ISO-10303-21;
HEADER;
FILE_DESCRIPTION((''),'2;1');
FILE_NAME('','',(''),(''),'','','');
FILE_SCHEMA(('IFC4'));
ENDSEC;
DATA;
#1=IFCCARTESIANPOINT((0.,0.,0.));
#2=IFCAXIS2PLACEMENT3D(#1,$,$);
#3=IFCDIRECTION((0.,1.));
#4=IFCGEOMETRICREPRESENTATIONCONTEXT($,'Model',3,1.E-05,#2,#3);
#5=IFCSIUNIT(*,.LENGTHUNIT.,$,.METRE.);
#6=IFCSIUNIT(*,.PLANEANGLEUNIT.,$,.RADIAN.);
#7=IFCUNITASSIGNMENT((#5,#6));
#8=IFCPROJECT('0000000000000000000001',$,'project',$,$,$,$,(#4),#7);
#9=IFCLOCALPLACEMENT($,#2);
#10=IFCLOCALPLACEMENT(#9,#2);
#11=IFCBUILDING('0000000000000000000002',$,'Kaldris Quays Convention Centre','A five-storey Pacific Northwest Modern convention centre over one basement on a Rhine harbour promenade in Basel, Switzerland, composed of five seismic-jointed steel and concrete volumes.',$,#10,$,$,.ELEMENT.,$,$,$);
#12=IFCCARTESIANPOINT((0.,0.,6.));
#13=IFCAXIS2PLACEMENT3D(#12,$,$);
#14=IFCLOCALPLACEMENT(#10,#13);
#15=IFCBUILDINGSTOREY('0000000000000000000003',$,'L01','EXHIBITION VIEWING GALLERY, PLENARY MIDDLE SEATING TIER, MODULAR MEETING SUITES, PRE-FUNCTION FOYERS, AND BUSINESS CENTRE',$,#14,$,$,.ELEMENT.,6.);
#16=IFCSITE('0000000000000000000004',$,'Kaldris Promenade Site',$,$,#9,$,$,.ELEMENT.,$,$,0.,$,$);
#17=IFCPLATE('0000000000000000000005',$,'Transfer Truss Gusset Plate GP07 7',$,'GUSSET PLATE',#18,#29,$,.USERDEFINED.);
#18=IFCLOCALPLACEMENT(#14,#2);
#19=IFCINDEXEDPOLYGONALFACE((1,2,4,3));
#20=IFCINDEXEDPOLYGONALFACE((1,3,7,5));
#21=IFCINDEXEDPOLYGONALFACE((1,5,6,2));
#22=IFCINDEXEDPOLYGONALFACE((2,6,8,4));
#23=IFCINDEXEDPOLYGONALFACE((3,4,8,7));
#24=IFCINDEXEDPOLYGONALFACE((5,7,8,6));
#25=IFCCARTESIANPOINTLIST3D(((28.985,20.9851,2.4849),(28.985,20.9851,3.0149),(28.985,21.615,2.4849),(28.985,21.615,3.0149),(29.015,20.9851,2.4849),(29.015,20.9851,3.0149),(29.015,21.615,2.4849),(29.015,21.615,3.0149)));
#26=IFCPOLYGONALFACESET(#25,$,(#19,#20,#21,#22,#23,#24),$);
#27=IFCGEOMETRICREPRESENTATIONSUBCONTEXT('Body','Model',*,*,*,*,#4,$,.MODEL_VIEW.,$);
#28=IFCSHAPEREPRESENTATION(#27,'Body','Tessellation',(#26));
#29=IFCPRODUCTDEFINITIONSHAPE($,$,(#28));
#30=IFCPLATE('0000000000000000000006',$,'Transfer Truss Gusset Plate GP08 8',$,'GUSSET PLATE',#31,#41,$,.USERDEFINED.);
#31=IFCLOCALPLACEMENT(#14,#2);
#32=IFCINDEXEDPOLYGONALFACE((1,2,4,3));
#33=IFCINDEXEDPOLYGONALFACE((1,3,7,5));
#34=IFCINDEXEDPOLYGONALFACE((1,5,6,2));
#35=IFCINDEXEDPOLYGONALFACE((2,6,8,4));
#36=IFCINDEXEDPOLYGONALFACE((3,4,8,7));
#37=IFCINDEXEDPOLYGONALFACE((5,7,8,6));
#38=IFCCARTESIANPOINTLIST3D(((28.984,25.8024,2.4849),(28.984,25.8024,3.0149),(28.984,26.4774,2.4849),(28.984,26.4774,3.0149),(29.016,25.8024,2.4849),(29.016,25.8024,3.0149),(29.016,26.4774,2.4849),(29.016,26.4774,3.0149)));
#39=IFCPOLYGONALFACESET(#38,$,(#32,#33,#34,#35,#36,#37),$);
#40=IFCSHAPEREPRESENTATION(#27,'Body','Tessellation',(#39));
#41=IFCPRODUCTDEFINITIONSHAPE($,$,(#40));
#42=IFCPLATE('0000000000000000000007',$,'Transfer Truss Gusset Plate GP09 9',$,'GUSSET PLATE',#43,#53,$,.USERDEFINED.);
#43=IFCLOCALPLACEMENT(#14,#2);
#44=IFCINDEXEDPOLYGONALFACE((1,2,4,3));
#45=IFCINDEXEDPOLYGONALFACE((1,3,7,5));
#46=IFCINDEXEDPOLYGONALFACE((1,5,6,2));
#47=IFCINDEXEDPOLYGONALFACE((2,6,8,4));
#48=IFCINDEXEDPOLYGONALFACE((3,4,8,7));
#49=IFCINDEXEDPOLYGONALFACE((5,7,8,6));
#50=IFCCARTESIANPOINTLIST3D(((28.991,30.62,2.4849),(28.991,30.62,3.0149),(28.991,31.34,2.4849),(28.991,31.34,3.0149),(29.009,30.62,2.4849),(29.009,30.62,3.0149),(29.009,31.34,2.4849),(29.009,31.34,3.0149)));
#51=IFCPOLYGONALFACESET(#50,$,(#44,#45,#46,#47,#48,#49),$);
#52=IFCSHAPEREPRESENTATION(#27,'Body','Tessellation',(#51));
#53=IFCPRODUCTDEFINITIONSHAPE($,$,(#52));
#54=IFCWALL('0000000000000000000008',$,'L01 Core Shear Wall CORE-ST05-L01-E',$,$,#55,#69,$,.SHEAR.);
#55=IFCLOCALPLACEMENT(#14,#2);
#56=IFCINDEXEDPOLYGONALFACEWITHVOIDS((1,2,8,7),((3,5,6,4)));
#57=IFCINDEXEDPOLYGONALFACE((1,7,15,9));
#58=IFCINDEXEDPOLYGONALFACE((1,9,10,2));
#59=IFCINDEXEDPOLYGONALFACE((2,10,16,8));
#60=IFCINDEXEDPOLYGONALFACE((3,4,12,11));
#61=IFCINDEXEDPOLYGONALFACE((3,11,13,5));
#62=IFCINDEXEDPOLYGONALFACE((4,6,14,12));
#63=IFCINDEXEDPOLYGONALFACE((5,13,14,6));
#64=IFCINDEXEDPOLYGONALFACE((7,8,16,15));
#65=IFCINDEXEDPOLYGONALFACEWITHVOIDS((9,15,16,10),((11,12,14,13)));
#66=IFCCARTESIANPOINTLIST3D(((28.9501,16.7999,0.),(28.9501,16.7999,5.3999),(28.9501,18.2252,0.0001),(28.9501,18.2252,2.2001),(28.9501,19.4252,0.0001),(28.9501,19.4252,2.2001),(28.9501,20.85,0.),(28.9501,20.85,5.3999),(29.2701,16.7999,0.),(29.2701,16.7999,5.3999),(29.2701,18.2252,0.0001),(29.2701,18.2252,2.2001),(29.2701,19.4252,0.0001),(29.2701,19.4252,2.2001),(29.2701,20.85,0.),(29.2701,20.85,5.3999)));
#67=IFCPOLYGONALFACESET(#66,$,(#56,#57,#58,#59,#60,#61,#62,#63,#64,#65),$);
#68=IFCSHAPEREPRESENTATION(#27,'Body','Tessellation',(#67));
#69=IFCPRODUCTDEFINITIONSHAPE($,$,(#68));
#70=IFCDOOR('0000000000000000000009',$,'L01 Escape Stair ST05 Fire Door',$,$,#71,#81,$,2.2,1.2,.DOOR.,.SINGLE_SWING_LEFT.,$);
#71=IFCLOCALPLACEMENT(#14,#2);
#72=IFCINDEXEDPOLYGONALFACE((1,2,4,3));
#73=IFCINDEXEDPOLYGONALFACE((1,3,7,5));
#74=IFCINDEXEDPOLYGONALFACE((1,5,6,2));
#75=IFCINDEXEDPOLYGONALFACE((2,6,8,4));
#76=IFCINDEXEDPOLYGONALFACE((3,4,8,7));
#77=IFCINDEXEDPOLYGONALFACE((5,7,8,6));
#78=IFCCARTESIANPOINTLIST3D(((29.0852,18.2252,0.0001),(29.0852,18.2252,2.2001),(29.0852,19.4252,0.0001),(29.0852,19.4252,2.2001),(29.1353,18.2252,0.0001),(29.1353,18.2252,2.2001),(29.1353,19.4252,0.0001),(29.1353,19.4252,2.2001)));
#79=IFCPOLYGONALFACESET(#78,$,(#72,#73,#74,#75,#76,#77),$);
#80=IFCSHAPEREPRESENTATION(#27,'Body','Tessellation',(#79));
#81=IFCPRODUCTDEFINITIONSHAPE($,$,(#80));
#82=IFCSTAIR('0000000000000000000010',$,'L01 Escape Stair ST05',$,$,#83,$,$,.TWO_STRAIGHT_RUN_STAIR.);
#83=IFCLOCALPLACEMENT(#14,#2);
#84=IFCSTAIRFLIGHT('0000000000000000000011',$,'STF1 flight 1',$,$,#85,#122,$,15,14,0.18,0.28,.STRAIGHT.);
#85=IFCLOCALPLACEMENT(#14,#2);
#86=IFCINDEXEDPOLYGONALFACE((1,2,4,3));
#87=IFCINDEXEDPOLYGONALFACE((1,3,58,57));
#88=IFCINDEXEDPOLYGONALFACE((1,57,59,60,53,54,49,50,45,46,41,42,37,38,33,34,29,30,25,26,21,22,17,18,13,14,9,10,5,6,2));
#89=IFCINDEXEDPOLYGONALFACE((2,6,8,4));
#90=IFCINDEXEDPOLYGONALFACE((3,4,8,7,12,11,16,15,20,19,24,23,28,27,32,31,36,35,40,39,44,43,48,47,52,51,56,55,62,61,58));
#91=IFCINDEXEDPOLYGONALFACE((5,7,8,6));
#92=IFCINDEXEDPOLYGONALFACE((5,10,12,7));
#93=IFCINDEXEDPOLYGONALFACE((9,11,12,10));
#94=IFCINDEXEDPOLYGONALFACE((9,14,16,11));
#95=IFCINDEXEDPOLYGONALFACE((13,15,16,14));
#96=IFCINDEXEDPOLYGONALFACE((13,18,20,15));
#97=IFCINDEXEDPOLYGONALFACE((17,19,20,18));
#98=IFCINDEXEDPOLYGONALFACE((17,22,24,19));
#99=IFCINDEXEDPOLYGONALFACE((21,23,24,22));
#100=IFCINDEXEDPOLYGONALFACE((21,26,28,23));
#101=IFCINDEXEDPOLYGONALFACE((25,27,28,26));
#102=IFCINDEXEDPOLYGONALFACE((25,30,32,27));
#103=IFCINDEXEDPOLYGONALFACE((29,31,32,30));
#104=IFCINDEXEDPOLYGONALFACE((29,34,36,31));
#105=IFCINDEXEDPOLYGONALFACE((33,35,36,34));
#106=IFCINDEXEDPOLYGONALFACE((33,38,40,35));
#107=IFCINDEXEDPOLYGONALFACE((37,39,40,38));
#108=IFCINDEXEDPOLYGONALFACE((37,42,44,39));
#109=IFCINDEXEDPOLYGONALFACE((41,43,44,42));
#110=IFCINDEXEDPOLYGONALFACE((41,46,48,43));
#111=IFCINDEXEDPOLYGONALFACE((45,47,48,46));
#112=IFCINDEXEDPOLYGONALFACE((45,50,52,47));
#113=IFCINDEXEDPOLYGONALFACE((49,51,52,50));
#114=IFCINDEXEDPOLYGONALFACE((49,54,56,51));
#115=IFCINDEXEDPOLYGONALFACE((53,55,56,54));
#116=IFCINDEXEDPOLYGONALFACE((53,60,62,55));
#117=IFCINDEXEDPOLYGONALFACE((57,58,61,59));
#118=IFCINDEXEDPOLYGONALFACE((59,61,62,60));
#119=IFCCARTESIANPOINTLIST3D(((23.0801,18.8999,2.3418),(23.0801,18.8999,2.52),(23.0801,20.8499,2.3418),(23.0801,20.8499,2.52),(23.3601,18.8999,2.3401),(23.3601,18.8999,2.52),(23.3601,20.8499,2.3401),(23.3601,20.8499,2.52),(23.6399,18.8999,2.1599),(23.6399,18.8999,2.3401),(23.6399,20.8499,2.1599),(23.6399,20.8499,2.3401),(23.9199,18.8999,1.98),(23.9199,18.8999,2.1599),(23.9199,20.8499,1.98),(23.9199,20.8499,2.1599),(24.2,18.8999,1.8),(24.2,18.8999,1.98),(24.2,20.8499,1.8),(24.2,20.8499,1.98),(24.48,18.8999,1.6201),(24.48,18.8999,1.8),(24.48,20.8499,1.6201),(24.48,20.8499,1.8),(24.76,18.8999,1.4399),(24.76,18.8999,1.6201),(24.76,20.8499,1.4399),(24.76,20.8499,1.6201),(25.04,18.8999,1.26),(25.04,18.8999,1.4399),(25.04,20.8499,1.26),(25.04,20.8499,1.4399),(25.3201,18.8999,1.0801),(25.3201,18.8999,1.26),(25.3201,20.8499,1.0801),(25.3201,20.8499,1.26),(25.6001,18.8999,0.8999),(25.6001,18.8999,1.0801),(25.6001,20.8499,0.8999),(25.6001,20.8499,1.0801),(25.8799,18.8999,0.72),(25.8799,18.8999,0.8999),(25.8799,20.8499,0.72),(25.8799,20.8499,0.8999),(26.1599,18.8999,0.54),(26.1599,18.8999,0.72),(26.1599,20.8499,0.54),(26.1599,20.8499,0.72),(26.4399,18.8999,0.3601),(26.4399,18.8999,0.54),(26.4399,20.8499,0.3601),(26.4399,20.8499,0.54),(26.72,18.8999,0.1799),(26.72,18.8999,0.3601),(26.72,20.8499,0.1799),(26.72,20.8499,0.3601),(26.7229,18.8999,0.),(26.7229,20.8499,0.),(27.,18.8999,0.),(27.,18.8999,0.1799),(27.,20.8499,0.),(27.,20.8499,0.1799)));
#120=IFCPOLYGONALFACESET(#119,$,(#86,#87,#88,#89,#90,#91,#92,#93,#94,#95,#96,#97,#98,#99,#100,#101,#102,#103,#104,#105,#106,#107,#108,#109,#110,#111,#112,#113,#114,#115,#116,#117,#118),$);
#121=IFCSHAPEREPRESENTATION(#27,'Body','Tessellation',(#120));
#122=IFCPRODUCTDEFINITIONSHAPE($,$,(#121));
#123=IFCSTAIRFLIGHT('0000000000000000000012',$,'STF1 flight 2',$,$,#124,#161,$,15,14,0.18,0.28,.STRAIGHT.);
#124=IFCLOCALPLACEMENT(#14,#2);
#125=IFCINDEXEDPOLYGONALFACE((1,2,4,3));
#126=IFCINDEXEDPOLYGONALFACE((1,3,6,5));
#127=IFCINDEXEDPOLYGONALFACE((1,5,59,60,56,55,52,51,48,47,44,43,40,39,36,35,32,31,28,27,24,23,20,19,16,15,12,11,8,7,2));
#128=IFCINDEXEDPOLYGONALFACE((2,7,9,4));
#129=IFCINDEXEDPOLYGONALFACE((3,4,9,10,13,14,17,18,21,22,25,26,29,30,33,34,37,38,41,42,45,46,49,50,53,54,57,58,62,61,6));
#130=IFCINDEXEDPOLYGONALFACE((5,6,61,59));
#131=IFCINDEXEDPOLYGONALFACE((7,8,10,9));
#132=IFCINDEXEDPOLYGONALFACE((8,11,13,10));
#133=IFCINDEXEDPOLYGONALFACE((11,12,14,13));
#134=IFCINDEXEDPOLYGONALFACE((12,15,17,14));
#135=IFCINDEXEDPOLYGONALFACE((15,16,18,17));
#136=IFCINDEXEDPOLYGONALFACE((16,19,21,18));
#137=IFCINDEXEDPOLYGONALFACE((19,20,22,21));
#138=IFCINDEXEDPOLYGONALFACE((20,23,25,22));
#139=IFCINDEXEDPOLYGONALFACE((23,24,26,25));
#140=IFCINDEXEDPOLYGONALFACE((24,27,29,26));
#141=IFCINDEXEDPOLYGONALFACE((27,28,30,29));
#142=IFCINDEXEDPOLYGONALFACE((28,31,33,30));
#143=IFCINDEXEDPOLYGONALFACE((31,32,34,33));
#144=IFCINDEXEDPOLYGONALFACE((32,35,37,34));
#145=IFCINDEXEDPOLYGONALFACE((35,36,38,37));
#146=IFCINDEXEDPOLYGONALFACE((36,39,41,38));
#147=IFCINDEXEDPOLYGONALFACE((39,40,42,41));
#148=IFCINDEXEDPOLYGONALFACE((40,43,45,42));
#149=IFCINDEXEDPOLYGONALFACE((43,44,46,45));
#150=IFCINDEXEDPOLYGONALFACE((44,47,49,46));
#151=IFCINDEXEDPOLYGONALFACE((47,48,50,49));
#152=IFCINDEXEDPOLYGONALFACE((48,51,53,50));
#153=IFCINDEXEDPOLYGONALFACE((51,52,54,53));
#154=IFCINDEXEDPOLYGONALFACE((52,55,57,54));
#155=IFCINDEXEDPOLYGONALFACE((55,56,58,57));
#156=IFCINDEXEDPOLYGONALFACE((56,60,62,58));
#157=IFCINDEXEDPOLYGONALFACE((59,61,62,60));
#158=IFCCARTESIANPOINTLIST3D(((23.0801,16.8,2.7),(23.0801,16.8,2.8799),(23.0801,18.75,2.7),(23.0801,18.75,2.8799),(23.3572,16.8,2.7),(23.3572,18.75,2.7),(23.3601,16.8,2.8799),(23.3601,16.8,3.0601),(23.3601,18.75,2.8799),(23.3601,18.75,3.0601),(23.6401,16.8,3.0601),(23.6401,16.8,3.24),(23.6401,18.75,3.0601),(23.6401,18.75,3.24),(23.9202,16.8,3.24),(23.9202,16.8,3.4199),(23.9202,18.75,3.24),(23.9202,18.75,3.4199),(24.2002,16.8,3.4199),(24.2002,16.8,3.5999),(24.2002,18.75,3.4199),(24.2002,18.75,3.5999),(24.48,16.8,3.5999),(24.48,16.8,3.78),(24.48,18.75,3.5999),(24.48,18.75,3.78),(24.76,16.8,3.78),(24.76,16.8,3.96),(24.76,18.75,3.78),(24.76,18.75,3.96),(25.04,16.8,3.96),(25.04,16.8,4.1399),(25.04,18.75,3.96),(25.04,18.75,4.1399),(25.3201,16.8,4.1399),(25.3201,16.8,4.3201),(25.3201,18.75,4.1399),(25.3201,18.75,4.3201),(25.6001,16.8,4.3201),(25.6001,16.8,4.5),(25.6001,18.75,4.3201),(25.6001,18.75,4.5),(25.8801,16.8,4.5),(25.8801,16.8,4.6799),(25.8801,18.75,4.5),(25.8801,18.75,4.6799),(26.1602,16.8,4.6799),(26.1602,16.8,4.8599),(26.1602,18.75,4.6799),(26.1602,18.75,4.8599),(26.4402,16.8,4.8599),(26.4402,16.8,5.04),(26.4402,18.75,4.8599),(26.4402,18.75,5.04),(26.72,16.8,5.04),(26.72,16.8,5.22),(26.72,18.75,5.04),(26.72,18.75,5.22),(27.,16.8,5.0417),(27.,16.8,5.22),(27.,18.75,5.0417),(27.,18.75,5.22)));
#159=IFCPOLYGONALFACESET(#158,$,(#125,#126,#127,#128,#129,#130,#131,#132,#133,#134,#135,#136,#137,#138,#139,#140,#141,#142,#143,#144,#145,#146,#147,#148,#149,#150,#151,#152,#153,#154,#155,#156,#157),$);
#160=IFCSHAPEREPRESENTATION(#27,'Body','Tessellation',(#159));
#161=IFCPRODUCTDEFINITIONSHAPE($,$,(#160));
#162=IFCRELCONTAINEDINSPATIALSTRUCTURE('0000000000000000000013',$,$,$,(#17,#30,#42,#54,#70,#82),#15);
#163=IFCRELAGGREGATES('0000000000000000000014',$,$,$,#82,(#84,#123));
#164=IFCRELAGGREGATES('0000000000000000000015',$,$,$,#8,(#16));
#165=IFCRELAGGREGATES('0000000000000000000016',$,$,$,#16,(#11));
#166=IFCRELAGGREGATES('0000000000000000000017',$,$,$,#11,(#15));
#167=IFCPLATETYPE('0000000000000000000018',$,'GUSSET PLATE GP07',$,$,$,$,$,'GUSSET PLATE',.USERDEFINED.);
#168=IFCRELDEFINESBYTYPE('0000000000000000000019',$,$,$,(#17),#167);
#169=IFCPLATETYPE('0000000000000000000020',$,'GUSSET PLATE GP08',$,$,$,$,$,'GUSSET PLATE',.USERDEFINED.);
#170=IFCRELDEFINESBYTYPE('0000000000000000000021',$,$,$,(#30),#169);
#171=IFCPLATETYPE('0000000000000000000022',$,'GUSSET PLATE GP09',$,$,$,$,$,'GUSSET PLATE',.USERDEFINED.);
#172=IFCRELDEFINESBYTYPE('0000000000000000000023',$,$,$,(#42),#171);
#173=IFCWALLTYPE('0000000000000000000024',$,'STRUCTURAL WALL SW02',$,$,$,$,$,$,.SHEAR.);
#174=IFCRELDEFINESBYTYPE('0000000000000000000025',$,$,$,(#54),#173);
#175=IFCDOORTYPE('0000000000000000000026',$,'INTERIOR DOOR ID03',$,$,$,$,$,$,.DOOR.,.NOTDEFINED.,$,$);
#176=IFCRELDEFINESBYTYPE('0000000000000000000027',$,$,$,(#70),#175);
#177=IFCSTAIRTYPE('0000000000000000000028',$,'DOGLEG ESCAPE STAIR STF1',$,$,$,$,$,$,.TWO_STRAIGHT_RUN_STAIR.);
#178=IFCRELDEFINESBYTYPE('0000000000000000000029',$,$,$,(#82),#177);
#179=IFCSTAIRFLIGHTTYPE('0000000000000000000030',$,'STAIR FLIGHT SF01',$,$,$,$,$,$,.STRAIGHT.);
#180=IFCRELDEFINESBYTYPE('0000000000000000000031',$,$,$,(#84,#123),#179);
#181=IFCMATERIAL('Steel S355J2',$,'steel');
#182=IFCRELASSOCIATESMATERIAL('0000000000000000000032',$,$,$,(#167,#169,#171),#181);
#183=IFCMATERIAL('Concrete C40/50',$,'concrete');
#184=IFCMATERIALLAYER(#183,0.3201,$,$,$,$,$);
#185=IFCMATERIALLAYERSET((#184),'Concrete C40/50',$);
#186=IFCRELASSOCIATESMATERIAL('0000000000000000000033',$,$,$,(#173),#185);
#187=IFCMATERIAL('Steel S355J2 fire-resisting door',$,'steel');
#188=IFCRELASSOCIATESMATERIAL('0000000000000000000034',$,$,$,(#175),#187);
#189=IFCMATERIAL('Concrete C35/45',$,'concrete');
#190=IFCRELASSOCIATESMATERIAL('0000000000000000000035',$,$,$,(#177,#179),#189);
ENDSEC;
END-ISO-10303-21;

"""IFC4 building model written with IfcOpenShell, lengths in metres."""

from ifc_helpers import new_model, si_unit, direction, frame, frame_2d, origin, origin_2d, place, context, subcontext, project, spatial, polyline, rectangle, outline, extrude, material, layer, layer_set, type_object, element, fill, aggregate, save


model = new_model("IFC4")

# Units and contexts
model_context = context("Model", 3, precision=1e-05, world=origin(), true_north=direction((0.0, 1.0)))
body_context = subcontext(model_context, "Body", "Model", "MODEL_VIEW")
ifc_project = project(units=[si_unit("LENGTHUNIT", "METRE"), si_unit("PLANEANGLEUNIT", "RADIAN")], contexts=[model_context])

# Site, building, storey
site_placement = place(None, origin())
site = spatial("IfcSite", under=ifc_project, at=site_placement, Name="Kaldris Promenade Site", CompositionType="ELEMENT", RefElevation=0.0)
building_placement = place(site_placement, origin())
building = spatial("IfcBuilding", under=site, at=building_placement, Name="Kaldris Quays Convention Centre", Description="A five-storey Pacific Northwest Modern convention centre over one basement on a Rhine harbour promenade in Basel, Switzerland, composed of five seismic-jointed steel and concrete volumes.", CompositionType="ELEMENT")
storey_placement = place(building_placement, frame((0.0, 0.0, 6.0)))
storey = spatial("IfcBuildingStorey", under=building, at=storey_placement, Name="L01", Description="EXHIBITION VIEWING GALLERY, PLENARY MIDDLE SEATING TIER, MODULAR MEETING SUITES, PRE-FUNCTION FOYERS, AND BUSINESS CENTRE", CompositionType="ELEMENT", Elevation=6.0)

# Shared definitions
ifc_material_1 = material(Name="Steel S355J2", Category="steel")

# Plates
plate_type_1 = type_object("IfcPlateType", Name="GUSSET PLATE GP07", ElementType="GUSSET PLATE", PredefinedType="USERDEFINED", material=ifc_material_1)
plate_1_placement = place(storey_placement, frame((29.0, 21.3, 2.4849), z_axis=(0.0, 0.0, 1.0), x_axis=(1.0, 0.0, 0.0)))
element("IfcPlate", 1, at=plate_1_placement, inside=storey, type_object=plate_type_1, Name="Transfer Truss Gusset Plate GP07 7", ObjectType="GUSSET PLATE", PredefinedType="USERDEFINED", context=body_context, shape_type="SweptSolid", body=[
    extrude(rectangle(XDim=0.03, YDim=0.6299, at=origin_2d()), origin(), (0.0, 0.0, 1.0), 0.53),
])
plate_type_2 = type_object("IfcPlateType", Name="GUSSET PLATE GP08", ElementType="GUSSET PLATE", PredefinedType="USERDEFINED", material=ifc_material_1)
plate_2_placement = place(storey_placement, frame((29.0, 26.1399, 2.4849), z_axis=(0.0, 0.0, 1.0), x_axis=(1.0, 0.0, 0.0)))
element("IfcPlate", 2, at=plate_2_placement, inside=storey, type_object=plate_type_2, Name="Transfer Truss Gusset Plate GP08 8", ObjectType="GUSSET PLATE", PredefinedType="USERDEFINED", context=body_context, shape_type="SweptSolid", body=[
    extrude(rectangle(XDim=0.032, YDim=0.675, at=origin_2d()), origin(), (0.0, 0.0, 1.0), 0.53),
])
plate_type_3 = type_object("IfcPlateType", Name="GUSSET PLATE GP09", ElementType="GUSSET PLATE", PredefinedType="USERDEFINED", material=ifc_material_1)
plate_3_placement = place(storey_placement, frame((29.0, 30.98, 2.4849), z_axis=(0.0, 0.0, 1.0), x_axis=(1.0, 0.0, 0.0)))
element("IfcPlate", 3, at=plate_3_placement, inside=storey, type_object=plate_type_3, Name="Transfer Truss Gusset Plate GP09 9", ObjectType="GUSSET PLATE", PredefinedType="USERDEFINED", context=body_context, shape_type="SweptSolid", body=[
    extrude(rectangle(XDim=0.0181, YDim=0.72, at=origin_2d()), origin(), (0.0, 0.0, 1.0), 0.53),
])

# Wall, opening, door
ifc_material_2 = material(Name="Concrete C40/50", Category="concrete")
ifc_layer = layer(ifc_material_2, 0.3201)
ifc_layer_set = layer_set([ifc_layer], Name="Concrete C40/50")
wall_type = type_object("IfcWallType", Name="STRUCTURAL WALL SW02", PredefinedType="SHEAR", material=ifc_layer_set)
wall_placement = place(storey_placement, frame((29.1101, 16.8, 0.0), z_axis=(0.0, 0.0, 1.0), x_axis=(0.0, 1.0, 0.0)))
wall = element("IfcWall", 4, at=wall_placement, inside=storey, type_object=wall_type, Name="L01 Core Shear Wall CORE-ST05-L01-E", PredefinedType="SHEAR", context=body_context, shape_type="SweptSolid", body=[
    extrude(rectangle(XDim=4.05, YDim=0.3201, at=frame_2d((2.0249, 0.0))), origin(), (0.0, 0.0, 1.0), 5.3999),
])
opening_placement = place(wall_placement, frame((1.425, 0.0, 0.0)))
opening = element("IfcOpeningElement", 5, at=opening_placement, cuts=wall, PredefinedType="OPENING", context=body_context, shape_type="SweptSolid", body=[
    extrude(rectangle(XDim=1.2, YDim=2.2, at=frame_2d((0.6001, 1.1001))), frame((0.0, 0.1699, 0.0), z_axis=(0.0, -1.0, 0.0), x_axis=(1.0, 0.0, 0.0)), (0.0, 0.0, 1.0), 0.3401),
])
ifc_material_3 = material(Name="Steel S355J2 fire-resisting door", Category="steel")
door_type = type_object("IfcDoorType", Name="INTERIOR DOOR ID03", OperationType="NOTDEFINED", PredefinedType="DOOR", material=ifc_material_3)
door_placement = place(opening_placement, origin())
door = element("IfcDoor", 6, at=door_placement, inside=storey, type_object=door_type, Name="L01 Escape Stair ST05 Fire Door", OperationType="SINGLE_SWING_LEFT", OverallHeight=2.2, OverallWidth=1.2, PredefinedType="DOOR", context=body_context, shape_type="SweptSolid", body=[
    extrude(rectangle(XDim=1.2, YDim=2.2, at=frame_2d((0.6001, 1.1001))), frame((0.0, 0.0249, 0.0), z_axis=(0.0, -1.0, 0.0), x_axis=(1.0, 0.0, 0.0)), (0.0, 0.0, 1.0), 0.05),
])
fill(opening, door)

# Stair, stair flights
ifc_material_4 = material(Name="Concrete C35/45", Category="concrete")
stair_type = type_object("IfcStairType", Name="DOGLEG ESCAPE STAIR STF1", PredefinedType="TWO_STRAIGHT_RUN_STAIR", material=ifc_material_4)
stair_placement = place(storey_placement, origin())
stair = element("IfcStair", 7, at=stair_placement, inside=storey, type_object=stair_type, Name="L01 Escape Stair ST05", PredefinedType="TWO_STRAIGHT_RUN_STAIR")
stair_flight_type = type_object("IfcStairFlightType", Name="STAIR FLIGHT SF01", PredefinedType="STRAIGHT", material=ifc_material_4)
stair_flight_1_placement = place(storey_placement, frame((27.0, 19.875, 0.0), z_axis=(0.0, 0.0, 1.0), x_axis=(-1.0, 0.0, 0.0)))
stair_flight_1 = element("IfcStairFlight", 8, at=stair_flight_1_placement, type_object=stair_flight_type, Name="STF1 flight 1", NumberOfRisers=15, NumberOfTreads=14, PredefinedType="STRAIGHT", RiserHeight=0.18, TreadLength=0.28, context=body_context, shape_type="SweptSolid", body=[
    extrude(outline(polyline([(0.0, 0.0), (0.0, 0.1799), (0.28, 0.1799), (0.28, 0.3601), (0.5601, 0.3601), (0.5601, 0.54), (0.8401, 0.54), (0.8401, 0.72), (1.1201, 0.72), (1.1201, 0.8999), (1.3999, 0.8999), (1.3999, 1.0801), (1.6799, 1.0801), (1.6799, 1.26), (1.96, 1.26), (1.96, 1.4399), (2.24, 1.4399), (2.24, 1.6201), (2.52, 1.6201), (2.52, 1.8), (2.8, 1.8), (2.8, 1.98), (3.0801, 1.98), (3.0801, 2.1599), (3.3601, 2.1599), (3.3601, 2.3401), (3.6399, 2.3401), (3.6399, 2.52), (3.9199, 2.52), (3.9199, 2.7), (3.9199, 2.3418), (0.2771, 0.0), (0.0, 0.0)])), frame((0.0, 0.9751, 0.0), z_axis=(0.0, -1.0, 0.0), x_axis=(1.0, 0.0, 0.0)), (0.0, 0.0, 1.0), 1.95),
])
stair_flight_2_placement = place(storey_placement, frame((23.0801, 17.7749, 2.7), z_axis=(0.0, 0.0, 1.0), x_axis=(1.0, 0.0, 0.0)))
stair_flight_2 = element("IfcStairFlight", 9, at=stair_flight_2_placement, type_object=stair_flight_type, Name="STF1 flight 2", NumberOfRisers=15, NumberOfTreads=14, PredefinedType="STRAIGHT", RiserHeight=0.18, TreadLength=0.28, context=body_context, shape_type="SweptSolid", body=[
    extrude(outline(polyline([(0.0, 0.0), (0.0, 0.1799), (0.28, 0.1799), (0.28, 0.3601), (0.5601, 0.3601), (0.5601, 0.54), (0.8401, 0.54), (0.8401, 0.72), (1.1201, 0.72), (1.1201, 0.8999), (1.3999, 0.8999), (1.3999, 1.0801), (1.6799, 1.0801), (1.6799, 1.26), (1.96, 1.26), (1.96, 1.4399), (2.24, 1.4399), (2.24, 1.6201), (2.52, 1.6201), (2.52, 1.8), (2.8, 1.8), (2.8, 1.98), (3.0801, 1.98), (3.0801, 2.1599), (3.3601, 2.1599), (3.3601, 2.3401), (3.6399, 2.3401), (3.6399, 2.52), (3.9199, 2.52), (3.9199, 2.7), (3.9199, 2.3418), (0.2771, 0.0), (0.0, 0.0)])), frame((0.0, 0.9751, 0.0), z_axis=(0.0, -1.0, 0.0), x_axis=(1.0, 0.0, 0.0)), (0.0, 0.0, 1.0), 1.95),
])
aggregate(stair, [stair_flight_1, stair_flight_2])

save(model, "model.ifc")
